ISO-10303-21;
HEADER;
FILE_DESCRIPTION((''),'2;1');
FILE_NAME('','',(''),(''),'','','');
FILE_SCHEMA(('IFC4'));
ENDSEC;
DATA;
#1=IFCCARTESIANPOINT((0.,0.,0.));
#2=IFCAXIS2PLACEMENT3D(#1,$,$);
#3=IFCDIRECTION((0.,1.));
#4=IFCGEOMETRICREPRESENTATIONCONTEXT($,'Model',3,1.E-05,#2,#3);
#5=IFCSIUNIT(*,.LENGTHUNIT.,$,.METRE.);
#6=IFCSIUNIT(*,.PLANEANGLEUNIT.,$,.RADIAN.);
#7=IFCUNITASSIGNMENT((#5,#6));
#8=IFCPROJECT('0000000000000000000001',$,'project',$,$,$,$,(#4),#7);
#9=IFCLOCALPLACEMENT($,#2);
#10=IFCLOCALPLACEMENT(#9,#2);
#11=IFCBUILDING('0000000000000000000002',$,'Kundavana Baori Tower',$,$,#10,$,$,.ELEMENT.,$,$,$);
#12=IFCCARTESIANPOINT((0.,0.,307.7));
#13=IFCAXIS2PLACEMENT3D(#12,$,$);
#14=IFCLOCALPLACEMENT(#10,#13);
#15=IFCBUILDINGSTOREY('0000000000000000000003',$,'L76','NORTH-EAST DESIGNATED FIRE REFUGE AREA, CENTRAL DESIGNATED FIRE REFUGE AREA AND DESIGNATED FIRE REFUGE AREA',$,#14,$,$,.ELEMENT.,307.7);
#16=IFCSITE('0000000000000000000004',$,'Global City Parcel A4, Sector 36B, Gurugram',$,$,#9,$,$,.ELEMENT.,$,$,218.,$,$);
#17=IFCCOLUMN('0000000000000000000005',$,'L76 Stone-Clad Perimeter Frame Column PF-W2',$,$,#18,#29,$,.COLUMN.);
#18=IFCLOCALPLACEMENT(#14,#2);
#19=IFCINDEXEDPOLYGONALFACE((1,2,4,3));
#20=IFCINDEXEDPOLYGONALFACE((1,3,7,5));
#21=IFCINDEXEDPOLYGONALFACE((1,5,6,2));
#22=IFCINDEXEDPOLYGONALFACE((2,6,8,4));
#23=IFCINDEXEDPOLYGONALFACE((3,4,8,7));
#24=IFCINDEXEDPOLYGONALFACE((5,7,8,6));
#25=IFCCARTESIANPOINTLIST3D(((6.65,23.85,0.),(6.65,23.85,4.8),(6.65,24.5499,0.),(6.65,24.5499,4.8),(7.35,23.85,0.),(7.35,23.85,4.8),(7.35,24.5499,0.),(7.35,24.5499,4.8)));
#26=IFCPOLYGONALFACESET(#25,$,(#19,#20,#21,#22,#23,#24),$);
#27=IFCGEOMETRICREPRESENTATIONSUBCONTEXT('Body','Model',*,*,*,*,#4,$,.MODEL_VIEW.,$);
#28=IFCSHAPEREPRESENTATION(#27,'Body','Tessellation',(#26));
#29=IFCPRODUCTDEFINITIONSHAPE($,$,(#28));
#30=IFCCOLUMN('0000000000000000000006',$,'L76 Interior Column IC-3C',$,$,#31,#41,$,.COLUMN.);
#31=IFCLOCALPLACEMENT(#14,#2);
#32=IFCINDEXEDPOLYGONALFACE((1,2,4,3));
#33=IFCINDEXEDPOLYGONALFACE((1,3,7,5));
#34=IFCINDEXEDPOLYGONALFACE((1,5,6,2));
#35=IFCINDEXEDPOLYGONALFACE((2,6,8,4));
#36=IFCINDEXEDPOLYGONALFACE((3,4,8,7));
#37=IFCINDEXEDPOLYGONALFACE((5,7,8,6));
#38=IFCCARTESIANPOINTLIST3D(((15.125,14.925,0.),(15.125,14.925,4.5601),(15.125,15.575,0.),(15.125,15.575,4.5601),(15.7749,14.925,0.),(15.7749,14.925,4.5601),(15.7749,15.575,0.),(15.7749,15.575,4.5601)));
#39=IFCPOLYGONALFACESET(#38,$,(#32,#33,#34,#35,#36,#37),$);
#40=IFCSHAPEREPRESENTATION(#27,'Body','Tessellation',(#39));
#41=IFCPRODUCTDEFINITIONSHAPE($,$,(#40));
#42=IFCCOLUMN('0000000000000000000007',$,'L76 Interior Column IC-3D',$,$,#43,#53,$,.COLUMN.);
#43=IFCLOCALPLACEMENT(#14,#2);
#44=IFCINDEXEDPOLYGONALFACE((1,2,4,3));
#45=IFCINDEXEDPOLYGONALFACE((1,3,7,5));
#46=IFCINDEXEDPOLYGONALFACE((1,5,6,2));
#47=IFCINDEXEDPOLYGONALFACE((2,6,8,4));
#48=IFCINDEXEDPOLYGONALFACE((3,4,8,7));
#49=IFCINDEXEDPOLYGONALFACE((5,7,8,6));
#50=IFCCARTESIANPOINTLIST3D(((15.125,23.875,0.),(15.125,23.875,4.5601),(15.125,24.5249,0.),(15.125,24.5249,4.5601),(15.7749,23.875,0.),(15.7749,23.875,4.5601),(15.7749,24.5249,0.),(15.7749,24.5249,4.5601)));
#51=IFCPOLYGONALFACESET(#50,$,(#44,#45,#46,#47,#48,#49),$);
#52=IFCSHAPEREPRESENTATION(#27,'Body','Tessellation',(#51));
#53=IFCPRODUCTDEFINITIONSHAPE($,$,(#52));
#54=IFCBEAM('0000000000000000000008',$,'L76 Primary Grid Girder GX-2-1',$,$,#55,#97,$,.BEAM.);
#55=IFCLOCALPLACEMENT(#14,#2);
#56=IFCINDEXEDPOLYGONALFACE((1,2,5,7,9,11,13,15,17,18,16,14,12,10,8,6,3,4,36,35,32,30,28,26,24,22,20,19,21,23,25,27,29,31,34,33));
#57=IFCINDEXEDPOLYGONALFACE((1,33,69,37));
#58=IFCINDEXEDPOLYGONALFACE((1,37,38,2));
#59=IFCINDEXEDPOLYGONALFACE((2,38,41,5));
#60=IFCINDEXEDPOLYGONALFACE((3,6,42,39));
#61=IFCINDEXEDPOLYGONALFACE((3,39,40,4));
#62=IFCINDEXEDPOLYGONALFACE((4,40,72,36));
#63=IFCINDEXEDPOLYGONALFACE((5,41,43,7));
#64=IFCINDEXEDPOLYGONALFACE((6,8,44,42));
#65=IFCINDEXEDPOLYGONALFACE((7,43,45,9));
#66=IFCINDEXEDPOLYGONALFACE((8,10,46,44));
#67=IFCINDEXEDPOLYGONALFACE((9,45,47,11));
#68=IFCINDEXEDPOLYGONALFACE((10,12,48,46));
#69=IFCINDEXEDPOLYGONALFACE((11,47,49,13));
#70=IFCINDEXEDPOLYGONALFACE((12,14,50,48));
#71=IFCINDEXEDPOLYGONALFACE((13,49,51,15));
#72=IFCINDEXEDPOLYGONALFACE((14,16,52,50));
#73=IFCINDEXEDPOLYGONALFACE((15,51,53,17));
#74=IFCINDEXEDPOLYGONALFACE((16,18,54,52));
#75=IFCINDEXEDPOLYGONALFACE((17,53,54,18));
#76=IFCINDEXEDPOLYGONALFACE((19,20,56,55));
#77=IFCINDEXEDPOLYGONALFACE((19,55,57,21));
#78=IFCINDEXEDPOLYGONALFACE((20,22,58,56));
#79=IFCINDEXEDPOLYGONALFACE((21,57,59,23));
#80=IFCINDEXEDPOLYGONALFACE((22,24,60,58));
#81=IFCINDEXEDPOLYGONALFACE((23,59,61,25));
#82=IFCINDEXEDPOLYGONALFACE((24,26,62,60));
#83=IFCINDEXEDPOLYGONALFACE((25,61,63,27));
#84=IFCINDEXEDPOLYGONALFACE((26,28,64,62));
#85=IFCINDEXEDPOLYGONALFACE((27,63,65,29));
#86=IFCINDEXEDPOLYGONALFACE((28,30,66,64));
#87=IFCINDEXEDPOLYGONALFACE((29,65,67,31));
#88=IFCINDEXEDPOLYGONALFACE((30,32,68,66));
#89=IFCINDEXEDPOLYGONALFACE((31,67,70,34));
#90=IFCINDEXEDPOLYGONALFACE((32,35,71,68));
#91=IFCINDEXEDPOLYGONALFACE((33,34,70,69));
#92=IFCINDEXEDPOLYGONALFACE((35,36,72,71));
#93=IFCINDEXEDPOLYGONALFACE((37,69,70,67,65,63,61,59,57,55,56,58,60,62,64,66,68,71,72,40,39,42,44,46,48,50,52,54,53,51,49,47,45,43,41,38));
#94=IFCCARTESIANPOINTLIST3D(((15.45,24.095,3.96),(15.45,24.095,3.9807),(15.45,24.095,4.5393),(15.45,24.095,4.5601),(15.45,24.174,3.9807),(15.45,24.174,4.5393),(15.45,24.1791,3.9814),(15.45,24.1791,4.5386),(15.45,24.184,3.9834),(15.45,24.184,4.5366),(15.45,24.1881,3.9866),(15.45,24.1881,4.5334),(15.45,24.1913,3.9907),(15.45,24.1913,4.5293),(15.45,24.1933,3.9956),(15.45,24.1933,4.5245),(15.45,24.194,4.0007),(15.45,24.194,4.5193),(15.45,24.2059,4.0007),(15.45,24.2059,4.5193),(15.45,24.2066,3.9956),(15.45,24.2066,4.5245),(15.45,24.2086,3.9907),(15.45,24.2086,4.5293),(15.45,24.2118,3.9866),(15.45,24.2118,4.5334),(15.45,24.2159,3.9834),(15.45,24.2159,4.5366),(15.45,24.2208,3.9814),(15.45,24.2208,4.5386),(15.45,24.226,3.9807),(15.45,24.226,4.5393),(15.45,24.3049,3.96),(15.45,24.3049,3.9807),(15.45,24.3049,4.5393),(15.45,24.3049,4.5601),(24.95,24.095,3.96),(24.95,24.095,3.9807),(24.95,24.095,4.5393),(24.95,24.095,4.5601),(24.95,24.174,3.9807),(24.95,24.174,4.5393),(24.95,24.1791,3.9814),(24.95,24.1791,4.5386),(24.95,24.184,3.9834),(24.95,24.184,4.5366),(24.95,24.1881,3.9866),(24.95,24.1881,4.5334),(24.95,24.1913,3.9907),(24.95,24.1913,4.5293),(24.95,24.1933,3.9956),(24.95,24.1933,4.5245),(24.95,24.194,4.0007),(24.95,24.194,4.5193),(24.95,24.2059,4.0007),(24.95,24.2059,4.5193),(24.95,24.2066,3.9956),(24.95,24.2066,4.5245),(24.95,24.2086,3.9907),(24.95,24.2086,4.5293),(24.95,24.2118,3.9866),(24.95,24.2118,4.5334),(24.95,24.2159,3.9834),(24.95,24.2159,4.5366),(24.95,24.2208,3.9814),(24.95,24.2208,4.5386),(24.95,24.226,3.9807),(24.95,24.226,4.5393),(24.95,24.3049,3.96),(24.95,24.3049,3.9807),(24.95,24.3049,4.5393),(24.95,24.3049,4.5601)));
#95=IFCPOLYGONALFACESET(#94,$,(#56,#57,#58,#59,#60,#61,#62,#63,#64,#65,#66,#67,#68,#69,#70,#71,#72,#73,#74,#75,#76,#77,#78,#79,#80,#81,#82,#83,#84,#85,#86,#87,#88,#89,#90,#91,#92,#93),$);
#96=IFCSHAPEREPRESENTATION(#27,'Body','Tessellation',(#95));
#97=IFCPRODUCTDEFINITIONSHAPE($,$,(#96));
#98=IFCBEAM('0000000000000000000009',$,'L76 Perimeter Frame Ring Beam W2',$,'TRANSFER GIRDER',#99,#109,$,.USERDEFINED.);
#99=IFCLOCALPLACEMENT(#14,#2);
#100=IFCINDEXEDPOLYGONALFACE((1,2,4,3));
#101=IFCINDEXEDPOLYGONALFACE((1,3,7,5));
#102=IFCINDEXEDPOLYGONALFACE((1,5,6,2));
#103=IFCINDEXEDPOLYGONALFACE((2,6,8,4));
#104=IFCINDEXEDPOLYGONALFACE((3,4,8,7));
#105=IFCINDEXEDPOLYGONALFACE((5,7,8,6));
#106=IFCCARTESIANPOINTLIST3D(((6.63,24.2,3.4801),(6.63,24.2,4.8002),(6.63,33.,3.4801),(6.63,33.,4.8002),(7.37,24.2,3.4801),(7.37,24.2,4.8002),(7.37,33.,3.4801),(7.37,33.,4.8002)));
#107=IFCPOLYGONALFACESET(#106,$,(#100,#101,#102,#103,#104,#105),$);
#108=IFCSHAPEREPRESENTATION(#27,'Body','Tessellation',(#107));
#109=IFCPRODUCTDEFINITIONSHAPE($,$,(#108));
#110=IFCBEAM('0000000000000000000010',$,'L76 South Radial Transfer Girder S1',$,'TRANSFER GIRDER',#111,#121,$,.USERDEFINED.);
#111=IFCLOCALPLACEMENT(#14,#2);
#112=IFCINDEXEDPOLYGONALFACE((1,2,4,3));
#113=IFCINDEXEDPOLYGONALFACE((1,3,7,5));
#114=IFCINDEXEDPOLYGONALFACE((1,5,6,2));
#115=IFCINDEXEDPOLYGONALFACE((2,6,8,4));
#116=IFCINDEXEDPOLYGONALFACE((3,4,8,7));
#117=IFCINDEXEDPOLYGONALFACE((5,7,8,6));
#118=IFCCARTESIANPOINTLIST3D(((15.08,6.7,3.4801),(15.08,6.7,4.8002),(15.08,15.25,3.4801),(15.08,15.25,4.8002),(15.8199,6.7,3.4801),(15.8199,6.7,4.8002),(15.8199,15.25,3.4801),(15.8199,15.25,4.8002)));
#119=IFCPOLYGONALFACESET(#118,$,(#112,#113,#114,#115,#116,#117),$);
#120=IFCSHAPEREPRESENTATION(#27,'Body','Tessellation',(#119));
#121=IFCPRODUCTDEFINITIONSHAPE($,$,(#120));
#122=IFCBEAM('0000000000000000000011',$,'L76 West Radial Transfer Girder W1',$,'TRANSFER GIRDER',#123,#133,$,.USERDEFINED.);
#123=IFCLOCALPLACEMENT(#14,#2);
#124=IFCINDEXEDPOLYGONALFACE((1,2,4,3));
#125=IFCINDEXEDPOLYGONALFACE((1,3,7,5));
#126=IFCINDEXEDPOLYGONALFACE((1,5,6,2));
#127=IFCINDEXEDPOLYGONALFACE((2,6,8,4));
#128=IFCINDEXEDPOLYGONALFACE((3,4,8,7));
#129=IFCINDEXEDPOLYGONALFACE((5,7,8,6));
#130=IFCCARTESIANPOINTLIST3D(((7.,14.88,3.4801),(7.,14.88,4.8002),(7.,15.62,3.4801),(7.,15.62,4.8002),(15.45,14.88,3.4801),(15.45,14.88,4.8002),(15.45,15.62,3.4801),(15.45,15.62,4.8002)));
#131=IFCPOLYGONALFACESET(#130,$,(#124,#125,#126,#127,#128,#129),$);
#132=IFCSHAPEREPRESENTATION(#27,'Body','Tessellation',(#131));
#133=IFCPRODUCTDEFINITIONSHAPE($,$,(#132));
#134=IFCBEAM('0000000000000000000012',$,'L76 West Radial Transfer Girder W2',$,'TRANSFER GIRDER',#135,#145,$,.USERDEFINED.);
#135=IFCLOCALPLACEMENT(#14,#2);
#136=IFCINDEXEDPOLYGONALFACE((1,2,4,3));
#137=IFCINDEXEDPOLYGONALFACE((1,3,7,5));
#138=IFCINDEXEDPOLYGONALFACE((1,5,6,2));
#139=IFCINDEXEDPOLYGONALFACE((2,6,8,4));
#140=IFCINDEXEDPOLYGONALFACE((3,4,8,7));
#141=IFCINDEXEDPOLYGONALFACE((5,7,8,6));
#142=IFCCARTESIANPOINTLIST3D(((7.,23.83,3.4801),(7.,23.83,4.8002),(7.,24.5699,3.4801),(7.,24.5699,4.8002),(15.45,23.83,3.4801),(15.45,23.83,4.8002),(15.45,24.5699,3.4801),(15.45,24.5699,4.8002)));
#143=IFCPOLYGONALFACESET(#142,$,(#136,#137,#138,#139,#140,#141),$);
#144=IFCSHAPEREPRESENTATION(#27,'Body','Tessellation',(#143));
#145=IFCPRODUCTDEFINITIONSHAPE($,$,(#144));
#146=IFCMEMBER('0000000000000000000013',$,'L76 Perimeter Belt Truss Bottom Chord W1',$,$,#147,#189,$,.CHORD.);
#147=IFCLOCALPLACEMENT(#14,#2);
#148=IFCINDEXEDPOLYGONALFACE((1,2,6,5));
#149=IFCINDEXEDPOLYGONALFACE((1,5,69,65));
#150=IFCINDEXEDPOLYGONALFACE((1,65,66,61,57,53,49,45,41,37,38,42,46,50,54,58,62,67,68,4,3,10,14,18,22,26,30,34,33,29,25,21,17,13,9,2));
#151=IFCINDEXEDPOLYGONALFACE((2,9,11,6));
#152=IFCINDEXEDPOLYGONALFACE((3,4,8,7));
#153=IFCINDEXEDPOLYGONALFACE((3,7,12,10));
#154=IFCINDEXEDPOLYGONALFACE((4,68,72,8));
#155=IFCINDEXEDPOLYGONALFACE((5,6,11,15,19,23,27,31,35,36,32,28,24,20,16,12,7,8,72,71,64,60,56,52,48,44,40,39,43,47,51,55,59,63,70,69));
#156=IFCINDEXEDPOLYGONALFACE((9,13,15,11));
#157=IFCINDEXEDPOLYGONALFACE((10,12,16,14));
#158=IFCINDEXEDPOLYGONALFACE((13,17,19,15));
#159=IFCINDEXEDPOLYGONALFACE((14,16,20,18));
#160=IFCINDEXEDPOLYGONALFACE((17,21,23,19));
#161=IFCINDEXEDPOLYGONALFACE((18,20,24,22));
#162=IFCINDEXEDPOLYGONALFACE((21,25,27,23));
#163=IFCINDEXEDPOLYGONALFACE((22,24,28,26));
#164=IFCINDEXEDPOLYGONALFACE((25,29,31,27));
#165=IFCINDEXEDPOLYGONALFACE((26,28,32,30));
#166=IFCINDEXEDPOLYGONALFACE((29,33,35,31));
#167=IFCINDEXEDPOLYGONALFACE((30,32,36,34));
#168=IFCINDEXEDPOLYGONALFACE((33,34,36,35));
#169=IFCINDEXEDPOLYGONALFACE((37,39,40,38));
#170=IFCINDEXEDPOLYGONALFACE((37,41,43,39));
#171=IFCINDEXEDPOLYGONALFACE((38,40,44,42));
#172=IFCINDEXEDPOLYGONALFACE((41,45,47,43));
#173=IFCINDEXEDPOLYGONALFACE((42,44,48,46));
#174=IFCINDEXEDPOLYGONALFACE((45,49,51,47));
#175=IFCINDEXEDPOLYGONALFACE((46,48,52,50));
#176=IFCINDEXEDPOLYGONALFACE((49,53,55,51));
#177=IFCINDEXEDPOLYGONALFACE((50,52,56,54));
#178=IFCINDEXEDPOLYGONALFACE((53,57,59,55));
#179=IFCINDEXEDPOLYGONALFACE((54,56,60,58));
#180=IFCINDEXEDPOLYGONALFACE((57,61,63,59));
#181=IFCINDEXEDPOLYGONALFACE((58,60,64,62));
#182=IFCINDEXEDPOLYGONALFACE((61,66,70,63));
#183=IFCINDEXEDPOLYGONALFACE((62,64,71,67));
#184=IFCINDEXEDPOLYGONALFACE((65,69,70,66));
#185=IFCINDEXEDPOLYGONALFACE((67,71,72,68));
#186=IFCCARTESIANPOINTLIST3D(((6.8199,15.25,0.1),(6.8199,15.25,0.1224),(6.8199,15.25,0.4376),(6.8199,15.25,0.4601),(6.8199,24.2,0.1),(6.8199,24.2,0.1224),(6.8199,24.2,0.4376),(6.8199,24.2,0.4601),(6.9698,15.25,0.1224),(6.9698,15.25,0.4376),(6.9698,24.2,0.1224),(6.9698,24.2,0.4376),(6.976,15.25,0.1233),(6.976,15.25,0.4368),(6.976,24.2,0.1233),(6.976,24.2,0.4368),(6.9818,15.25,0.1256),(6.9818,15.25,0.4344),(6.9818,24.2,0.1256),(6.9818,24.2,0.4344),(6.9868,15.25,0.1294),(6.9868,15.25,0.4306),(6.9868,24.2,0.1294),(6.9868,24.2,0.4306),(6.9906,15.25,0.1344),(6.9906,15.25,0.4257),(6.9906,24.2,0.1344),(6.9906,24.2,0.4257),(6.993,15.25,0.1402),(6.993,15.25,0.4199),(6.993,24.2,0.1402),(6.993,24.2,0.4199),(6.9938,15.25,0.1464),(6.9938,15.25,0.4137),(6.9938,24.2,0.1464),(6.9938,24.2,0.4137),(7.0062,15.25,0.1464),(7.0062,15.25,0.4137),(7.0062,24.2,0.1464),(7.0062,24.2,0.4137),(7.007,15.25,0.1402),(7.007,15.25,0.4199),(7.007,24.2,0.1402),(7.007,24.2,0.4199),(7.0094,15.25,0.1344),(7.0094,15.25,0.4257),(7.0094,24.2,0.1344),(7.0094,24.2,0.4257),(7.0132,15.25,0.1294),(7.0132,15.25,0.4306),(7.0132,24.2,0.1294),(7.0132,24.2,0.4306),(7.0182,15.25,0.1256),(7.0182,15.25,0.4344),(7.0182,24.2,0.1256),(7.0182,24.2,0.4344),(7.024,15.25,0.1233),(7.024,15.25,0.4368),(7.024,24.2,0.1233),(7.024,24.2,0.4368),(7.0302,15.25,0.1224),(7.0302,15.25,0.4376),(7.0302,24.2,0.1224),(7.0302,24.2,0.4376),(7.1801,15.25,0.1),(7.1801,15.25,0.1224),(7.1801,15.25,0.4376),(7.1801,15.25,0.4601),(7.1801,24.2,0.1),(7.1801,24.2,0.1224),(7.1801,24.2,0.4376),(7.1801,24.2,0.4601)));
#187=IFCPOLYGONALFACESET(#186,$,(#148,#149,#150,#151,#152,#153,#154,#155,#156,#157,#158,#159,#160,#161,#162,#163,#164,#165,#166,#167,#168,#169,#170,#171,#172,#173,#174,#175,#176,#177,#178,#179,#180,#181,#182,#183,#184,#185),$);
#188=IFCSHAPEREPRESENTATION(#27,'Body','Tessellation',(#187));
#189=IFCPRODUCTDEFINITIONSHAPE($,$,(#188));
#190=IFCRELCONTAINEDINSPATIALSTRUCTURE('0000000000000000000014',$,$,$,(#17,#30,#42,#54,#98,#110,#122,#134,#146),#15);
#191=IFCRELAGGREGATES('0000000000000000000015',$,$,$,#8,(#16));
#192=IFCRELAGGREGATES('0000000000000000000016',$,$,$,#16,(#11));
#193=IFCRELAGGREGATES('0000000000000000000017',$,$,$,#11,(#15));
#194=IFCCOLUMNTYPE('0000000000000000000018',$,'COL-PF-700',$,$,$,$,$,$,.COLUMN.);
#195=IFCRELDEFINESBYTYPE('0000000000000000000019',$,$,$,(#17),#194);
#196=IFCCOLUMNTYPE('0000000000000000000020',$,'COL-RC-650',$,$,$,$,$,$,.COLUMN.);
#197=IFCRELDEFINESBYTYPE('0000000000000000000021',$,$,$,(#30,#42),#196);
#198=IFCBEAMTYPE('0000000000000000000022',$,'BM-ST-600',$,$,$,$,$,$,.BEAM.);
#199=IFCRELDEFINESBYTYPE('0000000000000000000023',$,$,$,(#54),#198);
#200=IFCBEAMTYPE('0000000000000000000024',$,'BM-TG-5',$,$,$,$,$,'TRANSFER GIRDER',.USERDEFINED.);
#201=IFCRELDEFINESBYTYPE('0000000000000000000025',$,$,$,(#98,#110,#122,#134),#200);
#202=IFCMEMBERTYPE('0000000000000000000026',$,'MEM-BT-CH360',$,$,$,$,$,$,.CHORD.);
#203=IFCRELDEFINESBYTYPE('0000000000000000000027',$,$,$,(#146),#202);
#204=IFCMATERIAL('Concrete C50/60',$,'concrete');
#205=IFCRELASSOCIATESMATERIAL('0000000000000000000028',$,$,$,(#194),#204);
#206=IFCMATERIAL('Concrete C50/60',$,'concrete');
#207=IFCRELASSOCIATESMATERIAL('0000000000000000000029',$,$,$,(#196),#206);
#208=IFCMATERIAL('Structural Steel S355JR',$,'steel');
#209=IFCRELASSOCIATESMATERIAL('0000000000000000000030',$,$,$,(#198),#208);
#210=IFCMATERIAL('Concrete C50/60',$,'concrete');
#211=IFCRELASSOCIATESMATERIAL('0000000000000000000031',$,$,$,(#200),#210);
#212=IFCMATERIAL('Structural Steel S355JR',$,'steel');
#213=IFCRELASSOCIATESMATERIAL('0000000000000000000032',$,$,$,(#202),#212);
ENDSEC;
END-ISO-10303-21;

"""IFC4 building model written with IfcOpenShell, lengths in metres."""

from ifc_helpers import new_model, si_unit, direction, frame, origin, origin_2d, place, context, subcontext, project, spatial, rectangle, i_section, extrude, material, material_profile, profile_set, type_object, element, save


model = new_model("IFC4")

# Units and contexts
model_context = context("Model", 3, precision=1e-05, world=origin(), true_north=direction((0.0, 1.0)))
body_context = subcontext(model_context, "Body", "Model", "MODEL_VIEW")
ifc_project = project(units=[si_unit("LENGTHUNIT", "METRE"), si_unit("PLANEANGLEUNIT", "RADIAN")], contexts=[model_context])

# Site, building, storey
site_placement = place(None, origin())
site = spatial("IfcSite", under=ifc_project, at=site_placement, Name="Global City Parcel A4, Sector 36B, Gurugram", CompositionType="ELEMENT", RefElevation=218.0)
building_placement = place(site_placement, origin())
building = spatial("IfcBuilding", under=site, at=building_placement, Name="Kundavana Baori Tower", CompositionType="ELEMENT")
storey_placement = place(building_placement, frame((0.0, 0.0, 307.7)))
storey = spatial("IfcBuildingStorey", under=building, at=storey_placement, Name="L76", Description="NORTH-EAST DESIGNATED FIRE REFUGE AREA, CENTRAL DESIGNATED FIRE REFUGE AREA AND DESIGNATED FIRE REFUGE AREA", CompositionType="ELEMENT", Elevation=307.7)

# Columns
ifc_material_1 = material(Name="Concrete C50/60", Category="concrete")
ifc_material_profile_1 = material_profile(ifc_material_1, rectangle(XDim=0.7, YDim=0.7, at=origin_2d()), Name="RC PF 700x700")
ifc_profile_set_1 = profile_set([ifc_material_profile_1], Name="Concrete C50/60")
column_type_1 = type_object("IfcColumnType", Name="COL-PF-700", PredefinedType="COLUMN", material=ifc_profile_set_1)
column_placement = place(storey_placement, frame((7.0, 24.2, 0.0), z_axis=(0.0, 0.0, 1.0), x_axis=(1.0, 0.0, 0.0)))
element("IfcColumn", 1, at=column_placement, inside=storey, type_object=column_type_1, Name="L76 Stone-Clad Perimeter Frame Column PF-W2", PredefinedType="COLUMN", context=body_context, shape_type="SweptSolid", body=[
    extrude(rectangle(XDim=0.7, YDim=0.7, at=origin_2d()), origin(), (0.0, 0.0, 1.0), 4.8),
])
ifc_material_2 = material(Name="Concrete C50/60", Category="concrete")
ifc_material_profile_2 = material_profile(ifc_material_2, rectangle(XDim=0.6499, YDim=0.6499, at=origin_2d()), Name="RC 650x650")
ifc_profile_set_2 = profile_set([ifc_material_profile_2], Name="Concrete C50/60")
column_type_2 = type_object("IfcColumnType", Name="COL-RC-650", PredefinedType="COLUMN", material=ifc_profile_set_2)
for number, where, z_axis, x_axis, name in (
    (2, (15.45, 15.25, 0.0), (0.0, 0.0, 1.0), (1.0, 0.0, 0.0), "L76 Interior Column IC-3C"),
    (3, (15.45, 24.2, 0.0), (0.0, 0.0, 1.0), (1.0, 0.0, 0.0), "L76 Interior Column IC-3D"),
):
    element("IfcColumn", number, at=place(storey_placement, frame(where, z_axis=z_axis, x_axis=x_axis)), inside=storey, type_object=column_type_2, Name=name, PredefinedType="COLUMN", context=body_context, shape_type="SweptSolid", body=[
        extrude(rectangle(XDim=0.6499, YDim=0.6499, at=origin_2d()), origin(), (0.0, 0.0, 1.0), 4.5601),
    ])

# Beams
ifc_material_3 = material(Name="Structural Steel S355JR", Category="steel")
ifc_material_profile_3 = material_profile(ifc_material_3, i_section(OverallWidth=0.21, OverallDepth=0.6001, WebThickness=0.012, FlangeThickness=0.0208, FilletRadius=0.02, at=origin_2d()), Name="ISMB 600")
ifc_profile_set_3 = profile_set([ifc_material_profile_3], Name="Structural Steel S355JR")
beam_type_1 = type_object("IfcBeamType", Name="BM-ST-600", PredefinedType="BEAM", material=ifc_profile_set_3)
beam_1_placement = place(storey_placement, frame((15.45, 24.2, 4.26), z_axis=(1.0, 0.0, 0.0), x_axis=(0.0, 1.0, 0.0)))
element("IfcBeam", 4, at=beam_1_placement, inside=storey, type_object=beam_type_1, Name="L76 Primary Grid Girder GX-2-1", PredefinedType="BEAM", context=body_context, shape_type="SweptSolid", body=[
    extrude(i_section(OverallWidth=0.21, OverallDepth=0.6001, WebThickness=0.012, FlangeThickness=0.0208, FilletRadius=0.02, at=origin_2d()), origin(), (0.0, 0.0, 1.0), 9.5),
])
ifc_material_4 = material(Name="Concrete C50/60", Category="concrete")
ifc_material_profile_4 = material_profile(ifc_material_4, rectangle(XDim=0.74, YDim=1.3201, at=origin_2d()), Name="BM-TG-5")
ifc_profile_set_4 = profile_set([ifc_material_profile_4], Name="Concrete C50/60")
beam_type_2 = type_object("IfcBeamType", Name="BM-TG-5", ElementType="TRANSFER GIRDER", PredefinedType="USERDEFINED", material=ifc_profile_set_4)
beam_2_placement = place(storey_placement, frame((7.0, 24.2, 4.1401), z_axis=(0.0, 1.0, 0.0), x_axis=(-1.0, 0.0, 0.0)))
element("IfcBeam", 5, at=beam_2_placement, inside=storey, type_object=beam_type_2, Name="L76 Perimeter Frame Ring Beam W2", ObjectType="TRANSFER GIRDER", PredefinedType="USERDEFINED", context=body_context, shape_type="SweptSolid", body=[
    extrude(rectangle(XDim=0.74, YDim=1.3201, at=origin_2d()), origin(), (0.0, 0.0, 1.0), 8.8),
])
beam_3_placement = place(storey_placement, frame((15.45, 15.25, 4.1401), z_axis=(0.0, -1.0, 0.0), x_axis=(1.0, 0.0, 0.0)))
element("IfcBeam", 6, at=beam_3_placement, inside=storey, type_object=beam_type_2, Name="L76 South Radial Transfer Girder S1", ObjectType="TRANSFER GIRDER", PredefinedType="USERDEFINED", context=body_context, shape_type="SweptSolid", body=[
    extrude(rectangle(XDim=0.74, YDim=1.3201, at=origin_2d()), origin(), (0.0, 0.0, 1.0), 8.55),
])
for number, where, z_axis, x_axis, name in (
    (7, (15.45, 15.25, 4.1401), (-1.0, 0.0, 0.0), (0.0, -1.0, 0.0), "L76 West Radial Transfer Girder W1"),
    (8, (15.45, 24.2, 4.1401), (-1.0, 0.0, 0.0), (0.0, -1.0, 0.0), "L76 West Radial Transfer Girder W2"),
):
    element("IfcBeam", number, at=place(storey_placement, frame(where, z_axis=z_axis, x_axis=x_axis)), inside=storey, type_object=beam_type_2, Name=name, ObjectType="TRANSFER GIRDER", PredefinedType="USERDEFINED", context=body_context, shape_type="SweptSolid", body=[
        extrude(rectangle(XDim=0.74, YDim=1.3201, at=origin_2d()), origin(), (0.0, 0.0, 1.0), 8.45),
    ])

# Member
ifc_material_5 = material(Name="Structural Steel S355JR", Category="steel")
ifc_material_profile_5 = material_profile(ifc_material_5, i_section(OverallWidth=0.3601, OverallDepth=0.3601, WebThickness=0.0125, FlangeThickness=0.0225, FilletRadius=0.0239, at=origin_2d()), Name="WPB 360x360x142")
ifc_profile_set_5 = profile_set([ifc_material_profile_5], Name="Structural Steel S355JR")
member_type_1 = type_object("IfcMemberType", Name="MEM-BT-CH360", PredefinedType="CHORD", material=ifc_profile_set_5)
member_1_placement = place(storey_placement, frame((7.0, 15.25, 0.28), z_axis=(0.0, 1.0, 0.0), x_axis=(-1.0, 0.0, 0.0)))
element("IfcMember", 9, at=member_1_placement, inside=storey, type_object=member_type_1, Name="L76 Perimeter Belt Truss Bottom Chord W1", PredefinedType="CHORD", context=body_context, shape_type="SweptSolid", body=[
    extrude(i_section(OverallWidth=0.3601, OverallDepth=0.3601, WebThickness=0.0125, FlangeThickness=0.0225, FilletRadius=0.0239, at=origin_2d()), origin(), (0.0, 0.0, 1.0), 8.95),
])

save(model, "model.ifc")
